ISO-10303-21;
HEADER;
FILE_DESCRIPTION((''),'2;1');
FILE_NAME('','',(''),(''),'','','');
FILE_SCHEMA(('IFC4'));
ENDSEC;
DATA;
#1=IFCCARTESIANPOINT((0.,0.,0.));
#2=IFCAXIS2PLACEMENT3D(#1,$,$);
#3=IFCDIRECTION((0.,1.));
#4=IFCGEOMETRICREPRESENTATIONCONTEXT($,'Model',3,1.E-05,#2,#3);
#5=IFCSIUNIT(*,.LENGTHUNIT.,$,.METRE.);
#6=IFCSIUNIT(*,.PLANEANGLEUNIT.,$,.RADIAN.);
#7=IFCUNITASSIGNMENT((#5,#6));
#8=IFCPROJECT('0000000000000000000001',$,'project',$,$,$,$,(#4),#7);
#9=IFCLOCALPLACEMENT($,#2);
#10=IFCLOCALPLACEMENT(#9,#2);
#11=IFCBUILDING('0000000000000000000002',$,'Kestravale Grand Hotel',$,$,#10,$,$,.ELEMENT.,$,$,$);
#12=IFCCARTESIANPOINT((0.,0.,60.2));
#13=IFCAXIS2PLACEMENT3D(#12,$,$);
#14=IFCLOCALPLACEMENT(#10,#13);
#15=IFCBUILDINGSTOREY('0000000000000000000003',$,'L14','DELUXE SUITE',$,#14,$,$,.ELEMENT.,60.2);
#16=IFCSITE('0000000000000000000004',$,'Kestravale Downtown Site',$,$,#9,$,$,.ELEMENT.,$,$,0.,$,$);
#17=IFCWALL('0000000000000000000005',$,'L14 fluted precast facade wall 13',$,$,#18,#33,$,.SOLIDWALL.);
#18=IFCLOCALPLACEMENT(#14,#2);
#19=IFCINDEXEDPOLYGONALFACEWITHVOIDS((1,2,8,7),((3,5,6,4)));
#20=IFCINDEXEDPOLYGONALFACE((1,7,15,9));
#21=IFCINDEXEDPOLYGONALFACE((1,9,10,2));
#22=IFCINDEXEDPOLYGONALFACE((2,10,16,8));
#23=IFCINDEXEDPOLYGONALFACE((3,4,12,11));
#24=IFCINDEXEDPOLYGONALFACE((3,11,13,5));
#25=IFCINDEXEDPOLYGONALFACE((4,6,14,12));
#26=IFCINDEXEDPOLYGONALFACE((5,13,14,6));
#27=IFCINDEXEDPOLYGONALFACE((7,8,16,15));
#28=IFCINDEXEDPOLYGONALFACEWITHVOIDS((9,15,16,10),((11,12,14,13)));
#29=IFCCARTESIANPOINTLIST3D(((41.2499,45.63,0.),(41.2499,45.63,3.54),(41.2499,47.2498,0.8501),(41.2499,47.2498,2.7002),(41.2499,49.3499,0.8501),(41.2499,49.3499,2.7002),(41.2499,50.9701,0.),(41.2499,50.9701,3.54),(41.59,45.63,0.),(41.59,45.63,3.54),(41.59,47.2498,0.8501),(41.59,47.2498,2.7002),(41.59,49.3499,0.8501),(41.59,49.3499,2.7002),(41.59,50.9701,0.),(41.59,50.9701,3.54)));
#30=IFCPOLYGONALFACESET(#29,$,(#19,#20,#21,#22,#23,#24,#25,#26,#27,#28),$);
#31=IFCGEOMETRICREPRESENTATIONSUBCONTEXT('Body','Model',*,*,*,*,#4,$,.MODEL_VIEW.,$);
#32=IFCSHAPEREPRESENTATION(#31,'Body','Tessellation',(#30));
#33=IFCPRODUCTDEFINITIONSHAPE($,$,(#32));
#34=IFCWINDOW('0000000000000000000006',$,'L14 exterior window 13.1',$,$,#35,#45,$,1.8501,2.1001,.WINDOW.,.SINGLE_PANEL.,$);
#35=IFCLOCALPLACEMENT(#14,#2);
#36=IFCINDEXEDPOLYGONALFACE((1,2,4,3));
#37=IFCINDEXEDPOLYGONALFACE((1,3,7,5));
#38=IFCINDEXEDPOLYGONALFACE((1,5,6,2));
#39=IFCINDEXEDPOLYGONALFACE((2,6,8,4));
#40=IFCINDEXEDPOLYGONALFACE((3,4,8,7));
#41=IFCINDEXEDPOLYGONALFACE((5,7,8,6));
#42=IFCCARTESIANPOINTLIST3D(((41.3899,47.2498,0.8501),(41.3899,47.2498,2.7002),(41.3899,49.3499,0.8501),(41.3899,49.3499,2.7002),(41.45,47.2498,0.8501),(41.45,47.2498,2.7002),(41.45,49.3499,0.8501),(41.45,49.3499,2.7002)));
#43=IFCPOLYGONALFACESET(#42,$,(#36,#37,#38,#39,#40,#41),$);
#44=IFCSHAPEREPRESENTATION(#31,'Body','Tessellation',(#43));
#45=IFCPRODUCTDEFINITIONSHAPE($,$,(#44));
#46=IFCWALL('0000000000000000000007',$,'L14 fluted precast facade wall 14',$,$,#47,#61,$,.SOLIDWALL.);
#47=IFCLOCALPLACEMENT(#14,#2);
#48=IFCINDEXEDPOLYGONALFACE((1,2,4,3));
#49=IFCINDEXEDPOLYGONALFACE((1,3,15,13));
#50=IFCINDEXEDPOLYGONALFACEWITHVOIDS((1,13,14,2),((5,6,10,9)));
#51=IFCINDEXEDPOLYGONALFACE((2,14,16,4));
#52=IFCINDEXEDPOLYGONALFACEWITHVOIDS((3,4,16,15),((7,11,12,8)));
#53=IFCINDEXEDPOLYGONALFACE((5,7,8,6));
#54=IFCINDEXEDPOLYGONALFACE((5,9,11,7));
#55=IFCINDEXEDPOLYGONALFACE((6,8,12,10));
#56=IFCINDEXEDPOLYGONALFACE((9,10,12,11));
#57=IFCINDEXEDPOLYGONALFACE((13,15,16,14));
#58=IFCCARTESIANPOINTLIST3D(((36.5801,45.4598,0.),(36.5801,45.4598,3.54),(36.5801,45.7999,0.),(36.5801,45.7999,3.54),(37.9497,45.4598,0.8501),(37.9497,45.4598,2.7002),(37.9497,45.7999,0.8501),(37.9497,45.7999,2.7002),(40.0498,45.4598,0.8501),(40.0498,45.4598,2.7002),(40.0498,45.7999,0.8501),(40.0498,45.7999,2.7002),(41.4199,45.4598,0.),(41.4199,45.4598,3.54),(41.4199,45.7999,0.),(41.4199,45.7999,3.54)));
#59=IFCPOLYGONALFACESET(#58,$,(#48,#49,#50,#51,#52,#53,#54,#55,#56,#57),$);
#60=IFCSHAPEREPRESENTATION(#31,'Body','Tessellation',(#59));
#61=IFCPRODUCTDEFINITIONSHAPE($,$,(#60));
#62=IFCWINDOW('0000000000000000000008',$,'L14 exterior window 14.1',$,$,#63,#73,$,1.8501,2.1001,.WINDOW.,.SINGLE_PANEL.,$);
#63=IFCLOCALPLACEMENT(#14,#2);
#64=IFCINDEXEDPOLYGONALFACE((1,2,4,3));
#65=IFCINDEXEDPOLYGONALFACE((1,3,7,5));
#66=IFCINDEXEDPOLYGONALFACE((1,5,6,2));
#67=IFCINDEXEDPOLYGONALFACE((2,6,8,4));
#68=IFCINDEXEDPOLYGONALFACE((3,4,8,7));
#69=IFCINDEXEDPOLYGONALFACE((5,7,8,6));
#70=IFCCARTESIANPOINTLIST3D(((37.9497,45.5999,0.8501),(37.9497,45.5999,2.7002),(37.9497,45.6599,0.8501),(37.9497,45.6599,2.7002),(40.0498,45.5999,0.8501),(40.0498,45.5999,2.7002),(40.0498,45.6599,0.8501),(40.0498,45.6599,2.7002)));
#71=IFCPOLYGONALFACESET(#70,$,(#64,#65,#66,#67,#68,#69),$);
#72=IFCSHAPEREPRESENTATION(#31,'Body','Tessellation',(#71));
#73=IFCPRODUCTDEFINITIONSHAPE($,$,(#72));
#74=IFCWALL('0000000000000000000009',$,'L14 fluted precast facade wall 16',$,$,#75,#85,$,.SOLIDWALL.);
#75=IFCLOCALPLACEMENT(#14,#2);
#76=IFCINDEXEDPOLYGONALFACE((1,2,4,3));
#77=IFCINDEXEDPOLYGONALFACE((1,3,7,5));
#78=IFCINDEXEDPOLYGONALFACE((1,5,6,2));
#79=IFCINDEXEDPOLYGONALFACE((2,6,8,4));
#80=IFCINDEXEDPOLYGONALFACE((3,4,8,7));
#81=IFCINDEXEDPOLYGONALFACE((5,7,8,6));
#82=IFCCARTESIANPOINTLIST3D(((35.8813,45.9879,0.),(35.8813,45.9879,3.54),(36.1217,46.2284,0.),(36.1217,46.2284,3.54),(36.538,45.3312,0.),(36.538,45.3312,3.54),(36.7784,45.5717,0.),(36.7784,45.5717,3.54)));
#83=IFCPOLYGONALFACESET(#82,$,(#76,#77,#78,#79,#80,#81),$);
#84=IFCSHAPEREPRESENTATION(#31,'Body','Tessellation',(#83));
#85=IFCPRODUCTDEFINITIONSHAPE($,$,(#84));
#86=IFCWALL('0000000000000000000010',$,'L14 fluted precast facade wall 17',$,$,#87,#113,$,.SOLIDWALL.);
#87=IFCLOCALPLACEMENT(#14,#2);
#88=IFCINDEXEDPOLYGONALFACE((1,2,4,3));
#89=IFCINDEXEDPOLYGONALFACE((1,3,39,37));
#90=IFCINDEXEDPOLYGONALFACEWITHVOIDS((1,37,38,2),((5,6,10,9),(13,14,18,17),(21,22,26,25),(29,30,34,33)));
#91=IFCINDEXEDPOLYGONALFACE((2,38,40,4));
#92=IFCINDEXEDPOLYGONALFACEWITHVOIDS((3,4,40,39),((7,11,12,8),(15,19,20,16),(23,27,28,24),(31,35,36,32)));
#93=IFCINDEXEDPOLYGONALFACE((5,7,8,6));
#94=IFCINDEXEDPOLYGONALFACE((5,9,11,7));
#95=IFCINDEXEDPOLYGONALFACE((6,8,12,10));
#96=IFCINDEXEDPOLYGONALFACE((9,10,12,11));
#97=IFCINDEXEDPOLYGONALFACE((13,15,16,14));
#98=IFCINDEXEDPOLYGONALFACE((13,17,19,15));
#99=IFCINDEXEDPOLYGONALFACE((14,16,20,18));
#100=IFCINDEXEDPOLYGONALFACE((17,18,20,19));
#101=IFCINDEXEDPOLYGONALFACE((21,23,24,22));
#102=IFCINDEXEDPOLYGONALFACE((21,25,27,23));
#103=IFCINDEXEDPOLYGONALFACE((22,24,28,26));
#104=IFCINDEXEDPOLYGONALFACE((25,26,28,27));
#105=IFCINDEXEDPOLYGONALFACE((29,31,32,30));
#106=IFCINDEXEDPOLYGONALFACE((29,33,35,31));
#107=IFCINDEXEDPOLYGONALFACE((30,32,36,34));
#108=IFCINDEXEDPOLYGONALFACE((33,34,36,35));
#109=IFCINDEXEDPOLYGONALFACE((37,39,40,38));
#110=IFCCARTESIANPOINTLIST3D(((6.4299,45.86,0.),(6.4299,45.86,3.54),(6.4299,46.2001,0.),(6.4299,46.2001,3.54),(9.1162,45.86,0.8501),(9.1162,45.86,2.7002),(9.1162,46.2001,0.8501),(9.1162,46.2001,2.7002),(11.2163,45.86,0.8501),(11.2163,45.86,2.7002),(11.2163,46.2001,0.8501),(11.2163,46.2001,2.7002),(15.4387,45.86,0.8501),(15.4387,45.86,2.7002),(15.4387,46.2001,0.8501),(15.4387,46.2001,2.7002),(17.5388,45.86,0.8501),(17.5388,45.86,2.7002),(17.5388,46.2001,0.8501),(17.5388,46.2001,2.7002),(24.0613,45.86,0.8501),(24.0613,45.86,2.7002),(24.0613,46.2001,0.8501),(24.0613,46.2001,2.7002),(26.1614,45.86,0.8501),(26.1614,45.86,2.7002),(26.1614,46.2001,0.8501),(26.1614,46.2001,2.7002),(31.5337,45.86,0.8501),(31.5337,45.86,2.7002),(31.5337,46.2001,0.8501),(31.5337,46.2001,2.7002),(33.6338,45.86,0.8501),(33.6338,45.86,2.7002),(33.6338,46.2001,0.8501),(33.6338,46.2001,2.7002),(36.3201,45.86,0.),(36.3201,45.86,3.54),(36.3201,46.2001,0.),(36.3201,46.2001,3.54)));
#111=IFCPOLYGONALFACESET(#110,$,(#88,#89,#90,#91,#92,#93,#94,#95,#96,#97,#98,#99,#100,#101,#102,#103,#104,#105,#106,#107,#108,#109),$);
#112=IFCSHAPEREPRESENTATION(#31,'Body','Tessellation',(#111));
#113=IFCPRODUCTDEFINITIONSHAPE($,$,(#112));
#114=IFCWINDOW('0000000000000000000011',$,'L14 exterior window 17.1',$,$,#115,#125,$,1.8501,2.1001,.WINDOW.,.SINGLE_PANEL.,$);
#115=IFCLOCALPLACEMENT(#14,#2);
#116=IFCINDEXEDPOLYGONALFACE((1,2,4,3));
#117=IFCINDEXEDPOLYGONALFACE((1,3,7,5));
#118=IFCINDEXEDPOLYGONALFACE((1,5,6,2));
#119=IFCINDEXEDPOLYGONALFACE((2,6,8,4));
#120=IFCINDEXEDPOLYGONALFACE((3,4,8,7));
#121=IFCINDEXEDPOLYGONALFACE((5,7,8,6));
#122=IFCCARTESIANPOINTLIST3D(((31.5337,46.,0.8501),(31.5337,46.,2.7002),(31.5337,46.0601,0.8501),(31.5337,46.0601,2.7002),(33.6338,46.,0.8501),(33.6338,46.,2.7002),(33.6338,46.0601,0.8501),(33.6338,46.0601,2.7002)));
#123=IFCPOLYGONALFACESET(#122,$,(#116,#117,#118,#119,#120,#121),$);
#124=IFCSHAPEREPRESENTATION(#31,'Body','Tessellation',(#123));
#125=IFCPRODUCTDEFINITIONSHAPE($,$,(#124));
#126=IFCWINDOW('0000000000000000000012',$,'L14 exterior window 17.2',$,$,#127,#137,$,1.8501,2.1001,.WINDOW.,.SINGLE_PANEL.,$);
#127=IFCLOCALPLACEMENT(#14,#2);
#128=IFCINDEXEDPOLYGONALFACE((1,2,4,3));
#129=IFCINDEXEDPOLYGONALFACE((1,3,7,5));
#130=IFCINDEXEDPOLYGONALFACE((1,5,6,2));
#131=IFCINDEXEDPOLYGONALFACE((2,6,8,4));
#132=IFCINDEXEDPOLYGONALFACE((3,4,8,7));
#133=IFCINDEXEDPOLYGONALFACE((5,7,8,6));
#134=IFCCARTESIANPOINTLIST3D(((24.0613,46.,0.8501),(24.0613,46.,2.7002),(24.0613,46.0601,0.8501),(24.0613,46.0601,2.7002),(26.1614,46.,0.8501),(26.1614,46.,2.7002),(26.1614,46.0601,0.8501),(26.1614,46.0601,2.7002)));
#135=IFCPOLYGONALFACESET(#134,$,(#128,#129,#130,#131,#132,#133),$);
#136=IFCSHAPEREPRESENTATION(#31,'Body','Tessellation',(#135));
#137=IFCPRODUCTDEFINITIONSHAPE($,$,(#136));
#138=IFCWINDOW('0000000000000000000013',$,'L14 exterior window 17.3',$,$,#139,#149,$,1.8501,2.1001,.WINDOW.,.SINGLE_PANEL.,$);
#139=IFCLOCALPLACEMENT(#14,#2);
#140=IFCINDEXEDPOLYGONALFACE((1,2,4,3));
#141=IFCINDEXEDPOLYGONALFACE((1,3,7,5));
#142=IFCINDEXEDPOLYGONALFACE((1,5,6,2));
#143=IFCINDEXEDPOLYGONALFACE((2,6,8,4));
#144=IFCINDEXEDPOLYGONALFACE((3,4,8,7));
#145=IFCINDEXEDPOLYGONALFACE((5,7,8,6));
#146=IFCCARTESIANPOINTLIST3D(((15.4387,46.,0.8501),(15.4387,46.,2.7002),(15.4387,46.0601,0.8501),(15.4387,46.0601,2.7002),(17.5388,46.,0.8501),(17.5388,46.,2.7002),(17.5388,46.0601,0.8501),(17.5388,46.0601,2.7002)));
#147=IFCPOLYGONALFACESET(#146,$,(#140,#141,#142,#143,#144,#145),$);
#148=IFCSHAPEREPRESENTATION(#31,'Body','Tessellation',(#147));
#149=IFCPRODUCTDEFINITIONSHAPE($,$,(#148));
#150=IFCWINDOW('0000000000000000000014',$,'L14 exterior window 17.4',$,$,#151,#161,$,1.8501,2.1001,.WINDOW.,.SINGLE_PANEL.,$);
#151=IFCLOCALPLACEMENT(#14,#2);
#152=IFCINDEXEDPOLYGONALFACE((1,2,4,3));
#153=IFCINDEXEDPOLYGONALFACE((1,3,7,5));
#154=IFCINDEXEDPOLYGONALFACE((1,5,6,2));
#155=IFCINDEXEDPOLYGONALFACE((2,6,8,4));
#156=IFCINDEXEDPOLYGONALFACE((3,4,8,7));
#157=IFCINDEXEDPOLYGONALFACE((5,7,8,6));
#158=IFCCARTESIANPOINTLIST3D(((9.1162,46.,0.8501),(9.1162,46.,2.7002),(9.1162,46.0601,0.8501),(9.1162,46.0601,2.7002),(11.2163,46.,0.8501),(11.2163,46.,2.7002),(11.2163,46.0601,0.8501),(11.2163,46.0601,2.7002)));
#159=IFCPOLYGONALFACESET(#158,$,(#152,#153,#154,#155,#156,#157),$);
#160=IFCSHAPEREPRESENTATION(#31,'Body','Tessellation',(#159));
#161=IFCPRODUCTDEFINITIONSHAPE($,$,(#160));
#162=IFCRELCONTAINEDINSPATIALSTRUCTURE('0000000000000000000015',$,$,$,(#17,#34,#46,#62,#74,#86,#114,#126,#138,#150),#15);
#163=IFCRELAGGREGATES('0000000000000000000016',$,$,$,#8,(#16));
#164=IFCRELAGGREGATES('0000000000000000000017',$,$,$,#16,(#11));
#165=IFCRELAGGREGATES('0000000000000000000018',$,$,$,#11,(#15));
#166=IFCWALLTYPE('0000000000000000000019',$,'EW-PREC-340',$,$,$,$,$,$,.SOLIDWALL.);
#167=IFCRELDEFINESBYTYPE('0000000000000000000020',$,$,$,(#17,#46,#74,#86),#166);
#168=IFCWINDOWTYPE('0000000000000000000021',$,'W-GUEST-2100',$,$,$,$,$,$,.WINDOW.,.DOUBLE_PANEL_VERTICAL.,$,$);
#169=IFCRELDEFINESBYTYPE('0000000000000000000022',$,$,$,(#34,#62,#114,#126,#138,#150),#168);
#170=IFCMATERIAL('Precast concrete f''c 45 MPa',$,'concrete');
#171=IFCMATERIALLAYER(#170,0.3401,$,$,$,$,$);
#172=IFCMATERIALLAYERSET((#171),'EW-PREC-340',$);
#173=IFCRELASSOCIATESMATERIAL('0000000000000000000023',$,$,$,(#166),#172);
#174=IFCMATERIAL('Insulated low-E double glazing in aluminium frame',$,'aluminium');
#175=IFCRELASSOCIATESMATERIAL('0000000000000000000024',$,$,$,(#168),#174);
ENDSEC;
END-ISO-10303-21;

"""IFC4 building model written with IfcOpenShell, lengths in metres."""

from ifc_helpers import new_model, si_unit, direction, frame, frame_2d, origin, place, context, subcontext, project, spatial, rectangle, extrude, material, layer, layer_set, type_object, element, fill, save


model = new_model("IFC4")

# Units and contexts
model_context = context("Model", 3, precision=1e-05, world=origin(), true_north=direction((0.0, 1.0)))
body_context = subcontext(model_context, "Body", "Model", "MODEL_VIEW")
ifc_project = project(units=[si_unit("LENGTHUNIT", "METRE"), si_unit("PLANEANGLEUNIT", "RADIAN")], contexts=[model_context])

# Site, building, storey
site_placement = place(None, origin())
site = spatial("IfcSite", under=ifc_project, at=site_placement, Name="Kestravale Downtown Site", CompositionType="ELEMENT", RefElevation=0.0)
building_placement = place(site_placement, origin())
building = spatial("IfcBuilding", under=site, at=building_placement, Name="Kestravale Grand Hotel", CompositionType="ELEMENT")
storey_placement = place(building_placement, frame((0.0, 0.0, 60.2)))
storey = spatial("IfcBuildingStorey", under=building, at=storey_placement, Name="L14", Description="DELUXE SUITE", CompositionType="ELEMENT", Elevation=60.2)

# Shared definitions
ifc_material_1 = material(Name="Precast concrete f'c 45 MPa", Category="concrete")
ifc_layer_1 = layer(ifc_material_1, 0.3401)
ifc_layer_set_1 = layer_set([ifc_layer_1], Name="EW-PREC-340")
wall_type_1 = type_object("IfcWallType", Name="EW-PREC-340", PredefinedType="SOLIDWALL", material=ifc_layer_set_1)

# Walls, openings, windows
wall_1_placement = place(storey_placement, frame((41.4199, 50.97, 0.0), z_axis=(0.0, 0.0, 1.0), x_axis=(0.0, -1.0, 0.0)))
wall_1 = element("IfcWall", 1, at=wall_1_placement, inside=storey, type_object=wall_type_1, Name="L14 fluted precast facade wall 13", PredefinedType="SOLIDWALL", context=body_context, shape_type="SweptSolid", body=[
    extrude(rectangle(XDim=5.3401, YDim=0.3401, at=frame_2d((2.6699, 0.0))), origin(), (0.0, 0.0, 1.0), 3.54),
])
opening_1_placement = place(wall_1_placement, frame((1.6201, 0.0, 0.8501)))
opening_1 = element("IfcOpeningElement", 2, at=opening_1_placement, cuts=wall_1, PredefinedType="OPENING", context=body_context, shape_type="SweptSolid", body=[
    extrude(rectangle(XDim=2.1001, YDim=1.8501, at=frame_2d((1.05, 0.925))), frame((0.0, 0.1799, 0.0), z_axis=(0.0, -1.0, 0.0), x_axis=(1.0, 0.0, 0.0)), (0.0, 0.0, 1.0), 0.3601),
])
ifc_material_2 = material(Name="Insulated low-E double glazing in aluminium frame", Category="aluminium")
window_type = type_object("IfcWindowType", Name="W-GUEST-2100", PartitioningType="DOUBLE_PANEL_VERTICAL", PredefinedType="WINDOW", material=ifc_material_2)
window_1_placement = place(opening_1_placement, origin())
window_1 = element("IfcWindow", 3, at=window_1_placement, inside=storey, type_object=window_type, Name="L14 exterior window 13.1", OverallHeight=1.8501, OverallWidth=2.1001, PartitioningType="SINGLE_PANEL", PredefinedType="WINDOW", context=body_context, shape_type="SweptSolid", body=[
    extrude(rectangle(XDim=2.1001, YDim=1.8501, at=frame_2d((1.05, 0.925))), frame((0.0, 0.03, 0.0), z_axis=(0.0, -1.0, 0.0), x_axis=(1.0, 0.0, 0.0)), (0.0, 0.0, 1.0), 0.0601),
])
fill(opening_1, window_1)
wall_2_placement = place(storey_placement, frame((41.4199, 45.6299, 0.0), z_axis=(0.0, 0.0, 1.0), x_axis=(-1.0, 0.0, 0.0)))
wall_2 = element("IfcWall", 4, at=wall_2_placement, inside=storey, type_object=wall_type_1, Name="L14 fluted precast facade wall 14", PredefinedType="SOLIDWALL", context=body_context, shape_type="SweptSolid", body=[
    extrude(rectangle(XDim=4.8398, YDim=0.3401, at=frame_2d((2.4199, 0.0))), origin(), (0.0, 0.0, 1.0), 3.54),
])
opening_2_placement = place(wall_2_placement, frame((1.3701, 0.0, 0.8501)))
opening_2 = element("IfcOpeningElement", 5, at=opening_2_placement, cuts=wall_2, PredefinedType="OPENING", context=body_context, shape_type="SweptSolid", body=[
    extrude(rectangle(XDim=2.1001, YDim=1.8501, at=frame_2d((1.05, 0.925))), frame((0.0, 0.1799, 0.0), z_axis=(0.0, -1.0, 0.0), x_axis=(1.0, 0.0, 0.0)), (0.0, 0.0, 1.0), 0.3601),
])
window_2_placement = place(opening_2_placement, origin())
window_2 = element("IfcWindow", 6, at=window_2_placement, inside=storey, type_object=window_type, Name="L14 exterior window 14.1", OverallHeight=1.8501, OverallWidth=2.1001, PartitioningType="SINGLE_PANEL", PredefinedType="WINDOW", context=body_context, shape_type="SweptSolid", body=[
    extrude(rectangle(XDim=2.1001, YDim=1.8501, at=frame_2d((1.05, 0.925))), frame((0.0, 0.03, 0.0), z_axis=(0.0, -1.0, 0.0), x_axis=(1.0, 0.0, 0.0)), (0.0, 0.0, 1.0), 0.0601),
])
fill(opening_2, window_2)

# Wall
wall_3_placement = place(storey_placement, frame((36.6582, 45.4514, 0.0), z_axis=(0.0, 0.0, 1.0), x_axis=(-0.707107, 0.707107, 0.0)))
element("IfcWall", 7, at=wall_3_placement, inside=storey, type_object=wall_type_1, Name="L14 fluted precast facade wall 16", PredefinedType="SOLIDWALL", context=body_context, shape_type="SweptSolid", body=[
    extrude(rectangle(XDim=0.9287, YDim=0.3401, at=frame_2d((0.4644, 0.0))), origin(), (0.0, 0.0, 1.0), 3.54),
])

# Wall, openings, windows
wall_4_placement = place(storey_placement, frame((36.3201, 46.03, 0.0), z_axis=(0.0, 0.0, 1.0), x_axis=(-1.0, 0.0, 0.0)))
wall_4 = element("IfcWall", 8, at=wall_4_placement, inside=storey, type_object=wall_type_1, Name="L14 fluted precast facade wall 17", PredefinedType="SOLIDWALL", context=body_context, shape_type="SweptSolid", body=[
    extrude(rectangle(XDim=29.8901, YDim=0.3401, at=frame_2d((14.9451, 0.0))), origin(), (0.0, 0.0, 1.0), 3.54),
])
opening_3_placement = place(wall_4_placement, frame((2.6863, 0.0, 0.8501)))
opening_3 = element("IfcOpeningElement", 9, at=opening_3_placement, cuts=wall_4, PredefinedType="OPENING", context=body_context, shape_type="SweptSolid", body=[
    extrude(rectangle(XDim=2.1001, YDim=1.8501, at=frame_2d((1.05, 0.925))), frame((0.0, 0.1799, 0.0), z_axis=(0.0, -1.0, 0.0), x_axis=(1.0, 0.0, 0.0)), (0.0, 0.0, 1.0), 0.3601),
])
opening_4_placement = place(wall_4_placement, frame((10.1587, 0.0, 0.8501)))
opening_4 = element("IfcOpeningElement", 10, at=opening_4_placement, cuts=wall_4, PredefinedType="OPENING", context=body_context, shape_type="SweptSolid", body=[
    extrude(rectangle(XDim=2.1001, YDim=1.8501, at=frame_2d((1.05, 0.925))), frame((0.0, 0.1799, 0.0), z_axis=(0.0, -1.0, 0.0), x_axis=(1.0, 0.0, 0.0)), (0.0, 0.0, 1.0), 0.3601),
])
opening_5_placement = place(wall_4_placement, frame((18.7812, 0.0, 0.8501)))
opening_5 = element("IfcOpeningElement", 11, at=opening_5_placement, cuts=wall_4, PredefinedType="OPENING", context=body_context, shape_type="SweptSolid", body=[
    extrude(rectangle(XDim=2.1001, YDim=1.8501, at=frame_2d((1.05, 0.925))), frame((0.0, 0.1799, 0.0), z_axis=(0.0, -1.0, 0.0), x_axis=(1.0, 0.0, 0.0)), (0.0, 0.0, 1.0), 0.3601),
])
opening_6_placement = place(wall_4_placement, frame((25.1038, 0.0, 0.8501)))
opening_6 = element("IfcOpeningElement", 12, at=opening_6_placement, cuts=wall_4, PredefinedType="OPENING", context=body_context, shape_type="SweptSolid", body=[
    extrude(rectangle(XDim=2.1001, YDim=1.8501, at=frame_2d((1.05, 0.925))), frame((0.0, 0.1799, 0.0), z_axis=(0.0, -1.0, 0.0), x_axis=(1.0, 0.0, 0.0)), (0.0, 0.0, 1.0), 0.3601),
])
window_3_placement = place(opening_3_placement, origin())
window_3 = element("IfcWindow", 13, at=window_3_placement, inside=storey, type_object=window_type, Name="L14 exterior window 17.1", OverallHeight=1.8501, OverallWidth=2.1001, PartitioningType="SINGLE_PANEL", PredefinedType="WINDOW", context=body_context, shape_type="SweptSolid", body=[
    extrude(rectangle(XDim=2.1001, YDim=1.8501, at=frame_2d((1.05, 0.925))), frame((0.0, 0.03, 0.0), z_axis=(0.0, -1.0, 0.0), x_axis=(1.0, 0.0, 0.0)), (0.0, 0.0, 1.0), 0.0601),
])
fill(opening_3, window_3)
window_4_placement = place(opening_4_placement, origin())
window_4 = element("IfcWindow", 14, at=window_4_placement, inside=storey, type_object=window_type, Name="L14 exterior window 17.2", OverallHeight=1.8501, OverallWidth=2.1001, PartitioningType="SINGLE_PANEL", PredefinedType="WINDOW", context=body_context, shape_type="SweptSolid", body=[
    extrude(rectangle(XDim=2.1001, YDim=1.8501, at=frame_2d((1.05, 0.925))), frame((0.0, 0.03, 0.0), z_axis=(0.0, -1.0, 0.0), x_axis=(1.0, 0.0, 0.0)), (0.0, 0.0, 1.0), 0.0601),
])
fill(opening_4, window_4)
window_5_placement = place(opening_5_placement, origin())
window_5 = element("IfcWindow", 15, at=window_5_placement, inside=storey, type_object=window_type, Name="L14 exterior window 17.3", OverallHeight=1.8501, OverallWidth=2.1001, PartitioningType="SINGLE_PANEL", PredefinedType="WINDOW", context=body_context, shape_type="SweptSolid", body=[
    extrude(rectangle(XDim=2.1001, YDim=1.8501, at=frame_2d((1.05, 0.925))), frame((0.0, 0.03, 0.0), z_axis=(0.0, -1.0, 0.0), x_axis=(1.0, 0.0, 0.0)), (0.0, 0.0, 1.0), 0.0601),
])
fill(opening_5, window_5)
window_6_placement = place(opening_6_placement, origin())
window_6 = element("IfcWindow", 16, at=window_6_placement, inside=storey, type_object=window_type, Name="L14 exterior window 17.4", OverallHeight=1.8501, OverallWidth=2.1001, PartitioningType="SINGLE_PANEL", PredefinedType="WINDOW", context=body_context, shape_type="SweptSolid", body=[
    extrude(rectangle(XDim=2.1001, YDim=1.8501, at=frame_2d((1.05, 0.925))), frame((0.0, 0.03, 0.0), z_axis=(0.0, -1.0, 0.0), x_axis=(1.0, 0.0, 0.0)), (0.0, 0.0, 1.0), 0.0601),
])
fill(opening_6, window_6)

save(model, "model.ifc")
